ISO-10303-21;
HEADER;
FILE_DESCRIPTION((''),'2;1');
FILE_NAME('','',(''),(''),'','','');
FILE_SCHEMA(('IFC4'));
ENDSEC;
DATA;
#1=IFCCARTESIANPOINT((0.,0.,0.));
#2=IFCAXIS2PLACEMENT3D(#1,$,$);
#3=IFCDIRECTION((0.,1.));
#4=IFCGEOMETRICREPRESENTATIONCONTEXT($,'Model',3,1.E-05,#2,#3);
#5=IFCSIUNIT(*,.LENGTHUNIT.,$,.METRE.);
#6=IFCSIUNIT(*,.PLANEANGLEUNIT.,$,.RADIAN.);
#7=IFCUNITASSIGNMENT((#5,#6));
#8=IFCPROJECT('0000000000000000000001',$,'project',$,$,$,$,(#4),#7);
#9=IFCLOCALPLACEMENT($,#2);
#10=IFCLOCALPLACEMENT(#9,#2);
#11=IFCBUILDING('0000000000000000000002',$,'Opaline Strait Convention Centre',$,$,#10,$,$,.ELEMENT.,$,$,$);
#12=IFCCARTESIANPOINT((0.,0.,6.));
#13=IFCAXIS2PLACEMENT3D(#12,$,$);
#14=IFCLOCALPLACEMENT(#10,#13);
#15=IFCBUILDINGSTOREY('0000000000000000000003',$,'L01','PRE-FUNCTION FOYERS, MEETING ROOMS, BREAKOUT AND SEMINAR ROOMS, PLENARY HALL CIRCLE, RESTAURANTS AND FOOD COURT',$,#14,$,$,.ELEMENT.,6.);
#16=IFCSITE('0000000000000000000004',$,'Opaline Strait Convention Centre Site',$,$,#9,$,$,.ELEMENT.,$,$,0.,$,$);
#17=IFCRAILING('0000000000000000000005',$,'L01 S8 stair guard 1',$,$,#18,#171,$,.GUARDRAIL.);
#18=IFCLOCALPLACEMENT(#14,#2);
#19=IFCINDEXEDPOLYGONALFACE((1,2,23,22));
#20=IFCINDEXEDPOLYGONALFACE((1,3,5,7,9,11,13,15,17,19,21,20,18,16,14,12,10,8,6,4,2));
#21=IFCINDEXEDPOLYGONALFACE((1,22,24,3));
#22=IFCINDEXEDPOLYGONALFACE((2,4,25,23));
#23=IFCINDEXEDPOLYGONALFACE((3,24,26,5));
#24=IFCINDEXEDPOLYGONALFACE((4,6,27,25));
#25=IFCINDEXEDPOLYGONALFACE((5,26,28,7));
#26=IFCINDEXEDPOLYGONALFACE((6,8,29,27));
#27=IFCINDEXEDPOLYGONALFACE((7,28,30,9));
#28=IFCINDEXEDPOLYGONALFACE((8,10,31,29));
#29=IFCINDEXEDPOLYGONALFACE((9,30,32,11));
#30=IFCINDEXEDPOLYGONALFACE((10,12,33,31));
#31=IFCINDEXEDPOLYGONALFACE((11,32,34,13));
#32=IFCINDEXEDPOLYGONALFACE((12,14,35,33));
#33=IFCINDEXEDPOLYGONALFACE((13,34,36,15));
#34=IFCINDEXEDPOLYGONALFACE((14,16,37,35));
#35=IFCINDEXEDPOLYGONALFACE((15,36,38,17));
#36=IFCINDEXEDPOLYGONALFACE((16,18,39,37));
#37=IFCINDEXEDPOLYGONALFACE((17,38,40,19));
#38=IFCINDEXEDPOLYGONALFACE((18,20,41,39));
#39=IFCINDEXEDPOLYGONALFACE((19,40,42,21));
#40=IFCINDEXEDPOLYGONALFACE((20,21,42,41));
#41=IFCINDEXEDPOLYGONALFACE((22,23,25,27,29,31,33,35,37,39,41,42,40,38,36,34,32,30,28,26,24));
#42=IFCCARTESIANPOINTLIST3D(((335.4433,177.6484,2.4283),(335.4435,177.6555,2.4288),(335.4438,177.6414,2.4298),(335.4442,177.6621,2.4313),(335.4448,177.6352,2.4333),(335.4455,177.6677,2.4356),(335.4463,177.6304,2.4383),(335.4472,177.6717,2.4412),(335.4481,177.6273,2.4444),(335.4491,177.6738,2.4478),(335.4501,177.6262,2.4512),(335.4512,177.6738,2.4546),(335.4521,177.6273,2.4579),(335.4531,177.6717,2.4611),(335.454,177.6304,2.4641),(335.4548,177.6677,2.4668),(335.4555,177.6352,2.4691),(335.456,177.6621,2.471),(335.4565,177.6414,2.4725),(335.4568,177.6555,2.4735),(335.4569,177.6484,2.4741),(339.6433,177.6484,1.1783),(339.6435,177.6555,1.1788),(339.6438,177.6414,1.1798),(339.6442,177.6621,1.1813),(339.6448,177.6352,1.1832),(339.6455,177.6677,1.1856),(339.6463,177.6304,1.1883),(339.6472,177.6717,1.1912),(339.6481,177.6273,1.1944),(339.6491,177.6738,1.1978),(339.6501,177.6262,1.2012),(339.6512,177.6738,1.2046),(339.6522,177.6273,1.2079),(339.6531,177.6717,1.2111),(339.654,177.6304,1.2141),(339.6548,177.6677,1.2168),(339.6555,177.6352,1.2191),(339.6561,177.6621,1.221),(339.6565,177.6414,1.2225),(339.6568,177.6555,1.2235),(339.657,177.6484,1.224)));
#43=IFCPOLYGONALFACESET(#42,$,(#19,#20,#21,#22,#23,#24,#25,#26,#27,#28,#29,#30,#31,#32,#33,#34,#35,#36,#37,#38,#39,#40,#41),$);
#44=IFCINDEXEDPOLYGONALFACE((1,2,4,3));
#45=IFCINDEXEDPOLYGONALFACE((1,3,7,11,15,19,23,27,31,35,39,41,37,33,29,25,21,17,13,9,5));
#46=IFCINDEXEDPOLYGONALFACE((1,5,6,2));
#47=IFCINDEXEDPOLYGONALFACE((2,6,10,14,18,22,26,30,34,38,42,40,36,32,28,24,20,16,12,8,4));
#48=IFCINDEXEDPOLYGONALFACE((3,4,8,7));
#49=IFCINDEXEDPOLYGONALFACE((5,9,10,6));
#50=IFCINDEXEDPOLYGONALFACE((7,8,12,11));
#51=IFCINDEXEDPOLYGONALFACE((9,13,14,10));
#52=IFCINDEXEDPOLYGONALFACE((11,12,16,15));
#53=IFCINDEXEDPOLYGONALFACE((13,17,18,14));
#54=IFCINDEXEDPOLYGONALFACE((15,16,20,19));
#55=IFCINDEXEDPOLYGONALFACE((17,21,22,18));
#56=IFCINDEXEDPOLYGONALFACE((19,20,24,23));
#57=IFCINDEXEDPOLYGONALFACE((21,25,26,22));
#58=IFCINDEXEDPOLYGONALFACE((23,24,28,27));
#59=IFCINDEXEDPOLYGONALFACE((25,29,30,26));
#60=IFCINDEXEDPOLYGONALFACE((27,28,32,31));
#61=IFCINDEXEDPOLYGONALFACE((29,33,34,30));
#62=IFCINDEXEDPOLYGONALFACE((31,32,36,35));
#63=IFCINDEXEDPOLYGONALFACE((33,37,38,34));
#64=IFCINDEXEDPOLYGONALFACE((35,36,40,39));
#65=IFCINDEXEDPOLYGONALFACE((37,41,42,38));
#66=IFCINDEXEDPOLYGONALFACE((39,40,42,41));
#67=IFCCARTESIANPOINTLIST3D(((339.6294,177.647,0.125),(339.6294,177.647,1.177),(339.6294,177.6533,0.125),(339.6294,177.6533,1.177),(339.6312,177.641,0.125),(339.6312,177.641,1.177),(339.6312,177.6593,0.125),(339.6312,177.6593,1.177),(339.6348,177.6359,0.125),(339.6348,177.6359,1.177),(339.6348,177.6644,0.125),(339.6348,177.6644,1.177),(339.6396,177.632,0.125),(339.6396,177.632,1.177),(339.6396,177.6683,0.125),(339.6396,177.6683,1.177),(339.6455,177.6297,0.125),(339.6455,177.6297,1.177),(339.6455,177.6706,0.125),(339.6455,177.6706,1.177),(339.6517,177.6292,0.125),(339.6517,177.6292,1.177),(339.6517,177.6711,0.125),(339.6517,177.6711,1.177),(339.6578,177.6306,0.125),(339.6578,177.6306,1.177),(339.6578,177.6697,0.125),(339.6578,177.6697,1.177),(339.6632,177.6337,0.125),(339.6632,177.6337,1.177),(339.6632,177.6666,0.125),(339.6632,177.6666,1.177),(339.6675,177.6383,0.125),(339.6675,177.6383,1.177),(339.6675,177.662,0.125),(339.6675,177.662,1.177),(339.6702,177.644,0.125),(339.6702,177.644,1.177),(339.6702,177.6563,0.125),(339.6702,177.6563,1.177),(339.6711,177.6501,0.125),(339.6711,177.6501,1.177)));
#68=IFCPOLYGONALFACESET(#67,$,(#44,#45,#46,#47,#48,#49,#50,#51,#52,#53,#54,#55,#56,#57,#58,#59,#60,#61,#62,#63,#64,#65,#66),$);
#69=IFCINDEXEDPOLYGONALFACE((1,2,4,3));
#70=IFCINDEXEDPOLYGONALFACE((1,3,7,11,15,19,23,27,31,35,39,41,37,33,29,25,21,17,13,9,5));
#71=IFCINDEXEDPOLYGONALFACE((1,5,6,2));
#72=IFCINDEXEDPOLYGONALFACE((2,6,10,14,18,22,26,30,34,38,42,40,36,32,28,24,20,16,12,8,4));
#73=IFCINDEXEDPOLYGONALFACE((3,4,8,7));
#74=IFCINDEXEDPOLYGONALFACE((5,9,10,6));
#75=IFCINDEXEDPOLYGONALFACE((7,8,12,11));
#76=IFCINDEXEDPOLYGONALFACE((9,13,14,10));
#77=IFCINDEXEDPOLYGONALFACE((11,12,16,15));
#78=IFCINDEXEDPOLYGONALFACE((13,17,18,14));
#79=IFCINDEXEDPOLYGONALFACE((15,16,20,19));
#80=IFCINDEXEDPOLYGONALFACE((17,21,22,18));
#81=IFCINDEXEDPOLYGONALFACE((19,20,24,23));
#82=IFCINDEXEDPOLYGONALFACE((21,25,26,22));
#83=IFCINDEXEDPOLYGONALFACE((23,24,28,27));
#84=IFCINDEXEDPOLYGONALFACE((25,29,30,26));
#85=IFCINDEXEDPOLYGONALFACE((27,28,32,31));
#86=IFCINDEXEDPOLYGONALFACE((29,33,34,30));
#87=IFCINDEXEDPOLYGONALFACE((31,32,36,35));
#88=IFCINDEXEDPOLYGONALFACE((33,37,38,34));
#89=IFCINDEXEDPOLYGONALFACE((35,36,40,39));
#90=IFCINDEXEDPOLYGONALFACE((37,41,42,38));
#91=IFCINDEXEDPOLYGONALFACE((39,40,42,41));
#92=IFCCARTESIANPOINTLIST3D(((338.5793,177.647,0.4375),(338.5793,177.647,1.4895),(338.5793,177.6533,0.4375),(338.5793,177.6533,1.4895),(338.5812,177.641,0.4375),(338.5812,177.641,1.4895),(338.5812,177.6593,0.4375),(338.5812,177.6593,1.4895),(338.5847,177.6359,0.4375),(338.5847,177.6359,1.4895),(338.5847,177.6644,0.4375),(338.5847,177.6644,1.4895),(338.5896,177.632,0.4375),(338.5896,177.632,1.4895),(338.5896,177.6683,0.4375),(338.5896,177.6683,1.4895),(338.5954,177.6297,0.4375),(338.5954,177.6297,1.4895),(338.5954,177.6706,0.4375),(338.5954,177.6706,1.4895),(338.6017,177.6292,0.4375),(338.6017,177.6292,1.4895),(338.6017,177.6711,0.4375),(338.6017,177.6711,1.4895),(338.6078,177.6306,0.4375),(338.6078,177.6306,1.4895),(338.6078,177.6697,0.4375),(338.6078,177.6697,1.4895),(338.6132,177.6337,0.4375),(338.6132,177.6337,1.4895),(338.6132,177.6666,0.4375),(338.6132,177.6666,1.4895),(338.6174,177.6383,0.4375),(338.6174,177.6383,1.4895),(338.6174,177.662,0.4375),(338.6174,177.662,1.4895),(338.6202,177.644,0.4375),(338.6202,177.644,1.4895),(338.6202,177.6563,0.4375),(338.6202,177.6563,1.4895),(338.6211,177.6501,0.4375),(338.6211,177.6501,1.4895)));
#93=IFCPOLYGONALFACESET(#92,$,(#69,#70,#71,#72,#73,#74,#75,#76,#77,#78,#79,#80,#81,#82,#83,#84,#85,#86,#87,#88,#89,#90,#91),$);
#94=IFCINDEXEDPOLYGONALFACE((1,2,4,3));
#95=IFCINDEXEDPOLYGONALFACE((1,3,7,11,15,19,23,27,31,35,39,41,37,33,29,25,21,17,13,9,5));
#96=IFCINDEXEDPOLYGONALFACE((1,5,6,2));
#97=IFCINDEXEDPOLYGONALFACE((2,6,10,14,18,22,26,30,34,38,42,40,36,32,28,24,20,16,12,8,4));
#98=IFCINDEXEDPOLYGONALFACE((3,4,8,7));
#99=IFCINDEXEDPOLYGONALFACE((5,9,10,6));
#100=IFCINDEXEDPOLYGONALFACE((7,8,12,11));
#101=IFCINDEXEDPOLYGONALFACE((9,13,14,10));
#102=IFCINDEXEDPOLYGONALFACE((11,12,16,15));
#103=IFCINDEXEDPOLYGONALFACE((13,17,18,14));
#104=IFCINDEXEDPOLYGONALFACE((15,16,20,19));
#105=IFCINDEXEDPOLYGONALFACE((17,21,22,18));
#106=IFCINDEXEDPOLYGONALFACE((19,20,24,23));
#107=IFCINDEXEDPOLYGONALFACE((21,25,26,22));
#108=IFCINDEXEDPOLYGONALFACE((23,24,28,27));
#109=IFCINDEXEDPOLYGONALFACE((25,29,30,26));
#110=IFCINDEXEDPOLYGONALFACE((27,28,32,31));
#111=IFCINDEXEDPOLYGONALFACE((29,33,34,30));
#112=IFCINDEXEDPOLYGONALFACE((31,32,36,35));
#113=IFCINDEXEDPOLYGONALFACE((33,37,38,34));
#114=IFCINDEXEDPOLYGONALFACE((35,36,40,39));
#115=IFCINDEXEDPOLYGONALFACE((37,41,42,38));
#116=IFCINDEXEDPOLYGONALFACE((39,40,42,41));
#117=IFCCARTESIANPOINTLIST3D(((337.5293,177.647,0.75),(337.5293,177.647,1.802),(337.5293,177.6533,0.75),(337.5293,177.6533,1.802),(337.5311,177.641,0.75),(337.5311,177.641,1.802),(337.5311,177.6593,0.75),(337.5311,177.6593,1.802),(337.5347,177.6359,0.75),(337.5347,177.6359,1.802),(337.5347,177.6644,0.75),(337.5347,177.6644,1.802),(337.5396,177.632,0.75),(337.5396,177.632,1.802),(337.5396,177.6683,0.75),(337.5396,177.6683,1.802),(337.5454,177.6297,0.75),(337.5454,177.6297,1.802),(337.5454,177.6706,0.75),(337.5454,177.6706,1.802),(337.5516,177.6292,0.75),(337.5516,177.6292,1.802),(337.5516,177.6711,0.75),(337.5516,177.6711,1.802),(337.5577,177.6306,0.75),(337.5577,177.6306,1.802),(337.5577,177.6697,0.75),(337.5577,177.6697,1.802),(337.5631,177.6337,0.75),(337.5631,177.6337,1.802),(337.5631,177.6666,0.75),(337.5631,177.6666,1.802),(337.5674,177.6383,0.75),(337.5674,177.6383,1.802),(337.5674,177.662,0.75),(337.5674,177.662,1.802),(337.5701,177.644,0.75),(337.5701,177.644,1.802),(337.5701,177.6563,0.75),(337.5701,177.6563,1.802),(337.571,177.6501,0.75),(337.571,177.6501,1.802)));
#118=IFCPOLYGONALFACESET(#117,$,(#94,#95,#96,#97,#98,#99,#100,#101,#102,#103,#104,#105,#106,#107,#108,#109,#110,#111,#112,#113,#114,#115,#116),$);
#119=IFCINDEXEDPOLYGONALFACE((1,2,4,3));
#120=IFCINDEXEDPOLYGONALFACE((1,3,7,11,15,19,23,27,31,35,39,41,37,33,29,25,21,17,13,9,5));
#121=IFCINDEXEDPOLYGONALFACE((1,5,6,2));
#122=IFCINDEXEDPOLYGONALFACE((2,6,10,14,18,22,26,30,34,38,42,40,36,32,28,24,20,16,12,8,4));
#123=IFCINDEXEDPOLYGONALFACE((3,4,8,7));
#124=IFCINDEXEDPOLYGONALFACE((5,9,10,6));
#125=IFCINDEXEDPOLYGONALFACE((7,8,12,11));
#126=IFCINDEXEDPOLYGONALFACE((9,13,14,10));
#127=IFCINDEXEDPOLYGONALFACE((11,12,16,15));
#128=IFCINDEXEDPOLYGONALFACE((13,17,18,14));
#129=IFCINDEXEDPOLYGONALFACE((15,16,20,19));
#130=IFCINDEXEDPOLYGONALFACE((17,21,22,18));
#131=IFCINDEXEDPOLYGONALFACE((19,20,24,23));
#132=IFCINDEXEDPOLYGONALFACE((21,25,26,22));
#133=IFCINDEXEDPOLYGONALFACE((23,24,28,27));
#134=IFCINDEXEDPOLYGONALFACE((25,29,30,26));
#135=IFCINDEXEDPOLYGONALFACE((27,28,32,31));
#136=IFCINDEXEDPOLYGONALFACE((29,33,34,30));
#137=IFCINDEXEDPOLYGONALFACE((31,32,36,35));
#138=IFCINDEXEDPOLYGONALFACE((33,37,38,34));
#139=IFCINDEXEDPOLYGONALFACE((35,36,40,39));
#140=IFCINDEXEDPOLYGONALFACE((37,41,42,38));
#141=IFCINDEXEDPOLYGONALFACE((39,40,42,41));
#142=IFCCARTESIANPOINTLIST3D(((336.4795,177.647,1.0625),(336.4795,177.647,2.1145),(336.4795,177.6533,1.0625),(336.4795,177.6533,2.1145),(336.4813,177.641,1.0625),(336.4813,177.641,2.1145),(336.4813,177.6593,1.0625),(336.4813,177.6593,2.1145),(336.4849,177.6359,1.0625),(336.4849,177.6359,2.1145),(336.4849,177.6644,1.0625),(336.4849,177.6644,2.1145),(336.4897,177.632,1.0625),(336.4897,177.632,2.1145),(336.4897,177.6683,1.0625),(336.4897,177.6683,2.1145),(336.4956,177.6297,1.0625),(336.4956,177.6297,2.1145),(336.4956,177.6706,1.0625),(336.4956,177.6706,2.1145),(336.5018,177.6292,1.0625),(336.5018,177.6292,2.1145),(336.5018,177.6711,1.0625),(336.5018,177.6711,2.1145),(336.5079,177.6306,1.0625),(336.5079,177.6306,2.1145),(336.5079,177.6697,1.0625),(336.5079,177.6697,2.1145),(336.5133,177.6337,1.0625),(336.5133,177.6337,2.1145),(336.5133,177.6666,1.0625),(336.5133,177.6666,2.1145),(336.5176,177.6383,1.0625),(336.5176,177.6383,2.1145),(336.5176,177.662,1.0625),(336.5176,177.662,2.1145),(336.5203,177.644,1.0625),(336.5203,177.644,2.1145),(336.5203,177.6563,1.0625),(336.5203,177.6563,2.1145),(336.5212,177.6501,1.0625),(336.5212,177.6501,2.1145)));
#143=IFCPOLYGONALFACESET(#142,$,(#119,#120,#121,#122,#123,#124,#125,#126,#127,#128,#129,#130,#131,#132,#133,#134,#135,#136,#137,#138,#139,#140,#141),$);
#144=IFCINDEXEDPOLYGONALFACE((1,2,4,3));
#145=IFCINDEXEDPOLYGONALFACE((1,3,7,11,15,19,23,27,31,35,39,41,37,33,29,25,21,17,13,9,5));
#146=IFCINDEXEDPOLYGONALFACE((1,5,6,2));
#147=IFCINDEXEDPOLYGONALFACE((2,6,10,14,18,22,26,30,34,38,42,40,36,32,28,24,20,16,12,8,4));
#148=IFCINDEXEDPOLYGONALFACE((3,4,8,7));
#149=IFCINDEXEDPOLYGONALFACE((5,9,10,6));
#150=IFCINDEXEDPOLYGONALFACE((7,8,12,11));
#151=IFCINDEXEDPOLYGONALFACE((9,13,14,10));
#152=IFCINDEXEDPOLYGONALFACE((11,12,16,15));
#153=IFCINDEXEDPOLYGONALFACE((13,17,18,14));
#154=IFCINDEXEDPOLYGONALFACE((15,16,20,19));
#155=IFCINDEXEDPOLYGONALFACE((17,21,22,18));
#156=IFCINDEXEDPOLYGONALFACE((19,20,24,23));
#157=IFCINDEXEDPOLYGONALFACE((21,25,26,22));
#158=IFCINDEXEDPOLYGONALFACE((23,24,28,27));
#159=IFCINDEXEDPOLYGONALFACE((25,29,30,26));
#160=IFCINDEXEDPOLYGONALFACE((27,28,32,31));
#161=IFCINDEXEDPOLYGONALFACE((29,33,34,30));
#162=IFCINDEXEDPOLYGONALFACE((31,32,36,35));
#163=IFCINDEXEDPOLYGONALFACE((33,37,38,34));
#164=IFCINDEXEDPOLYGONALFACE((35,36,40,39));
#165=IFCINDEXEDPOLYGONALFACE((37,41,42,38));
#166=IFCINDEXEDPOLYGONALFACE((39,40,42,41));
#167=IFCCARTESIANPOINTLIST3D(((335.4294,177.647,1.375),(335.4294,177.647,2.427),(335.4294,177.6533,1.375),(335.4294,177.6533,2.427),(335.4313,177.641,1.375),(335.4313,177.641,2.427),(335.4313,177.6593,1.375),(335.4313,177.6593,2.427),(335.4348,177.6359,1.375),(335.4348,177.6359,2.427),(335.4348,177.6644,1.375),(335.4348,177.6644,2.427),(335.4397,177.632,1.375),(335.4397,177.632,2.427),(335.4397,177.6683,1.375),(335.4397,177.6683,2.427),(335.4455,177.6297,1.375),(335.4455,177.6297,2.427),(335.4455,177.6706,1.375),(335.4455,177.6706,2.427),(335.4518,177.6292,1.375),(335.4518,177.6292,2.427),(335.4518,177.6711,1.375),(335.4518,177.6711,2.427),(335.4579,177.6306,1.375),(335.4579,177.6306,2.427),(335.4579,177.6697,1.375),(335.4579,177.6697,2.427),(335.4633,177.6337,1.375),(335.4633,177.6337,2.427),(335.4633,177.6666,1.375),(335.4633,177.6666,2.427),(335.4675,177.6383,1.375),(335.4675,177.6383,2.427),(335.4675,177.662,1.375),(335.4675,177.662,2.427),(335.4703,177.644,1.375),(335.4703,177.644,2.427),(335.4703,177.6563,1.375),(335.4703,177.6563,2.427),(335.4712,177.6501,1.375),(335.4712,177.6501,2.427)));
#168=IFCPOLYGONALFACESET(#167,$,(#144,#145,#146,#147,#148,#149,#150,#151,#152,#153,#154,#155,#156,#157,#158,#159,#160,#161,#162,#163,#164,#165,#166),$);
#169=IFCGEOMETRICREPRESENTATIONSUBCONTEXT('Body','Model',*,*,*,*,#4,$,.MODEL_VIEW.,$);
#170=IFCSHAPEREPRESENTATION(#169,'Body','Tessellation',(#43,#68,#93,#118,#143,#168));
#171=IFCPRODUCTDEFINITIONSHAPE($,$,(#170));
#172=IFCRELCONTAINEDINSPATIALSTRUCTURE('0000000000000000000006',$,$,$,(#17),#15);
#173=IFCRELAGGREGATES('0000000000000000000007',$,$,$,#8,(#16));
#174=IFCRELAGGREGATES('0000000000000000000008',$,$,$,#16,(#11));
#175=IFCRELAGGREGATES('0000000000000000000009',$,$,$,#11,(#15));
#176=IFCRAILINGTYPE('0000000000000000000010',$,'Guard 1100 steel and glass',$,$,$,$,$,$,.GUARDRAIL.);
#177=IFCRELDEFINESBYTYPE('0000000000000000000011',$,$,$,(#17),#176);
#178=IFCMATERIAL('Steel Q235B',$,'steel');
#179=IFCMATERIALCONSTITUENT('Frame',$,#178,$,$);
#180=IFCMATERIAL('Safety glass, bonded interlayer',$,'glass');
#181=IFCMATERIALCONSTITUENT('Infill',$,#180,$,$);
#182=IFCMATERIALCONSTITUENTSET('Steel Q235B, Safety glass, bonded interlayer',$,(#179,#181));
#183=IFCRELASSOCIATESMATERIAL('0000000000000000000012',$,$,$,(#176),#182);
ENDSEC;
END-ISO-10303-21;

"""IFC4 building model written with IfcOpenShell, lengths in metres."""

from ifc_helpers import new_model, si_unit, direction, frame, origin, origin_2d, place, context, subcontext, project, spatial, circle, extrude, material, constituent, constituent_set, type_object, element, save


model = new_model("IFC4")

# Units and contexts
model_context = context("Model", 3, precision=1e-05, world=origin(), true_north=direction((0.0, 1.0)))
body_context = subcontext(model_context, "Body", "Model", "MODEL_VIEW")
ifc_project = project(units=[si_unit("LENGTHUNIT", "METRE"), si_unit("PLANEANGLEUNIT", "RADIAN")], contexts=[model_context])

# Site, building, storey
site_placement = place(None, origin())
site = spatial("IfcSite", under=ifc_project, at=site_placement, Name="Opaline Strait Convention Centre Site", CompositionType="ELEMENT", RefElevation=0.0)
building_placement = place(site_placement, origin())
building = spatial("IfcBuilding", under=site, at=building_placement, Name="Opaline Strait Convention Centre", CompositionType="ELEMENT")
storey_placement = place(building_placement, frame((0.0, 0.0, 6.0)))
storey = spatial("IfcBuildingStorey", under=building, at=storey_placement, Name="L01", Description="PRE-FUNCTION FOYERS, MEETING ROOMS, BREAKOUT AND SEMINAR ROOMS, PLENARY HALL CIRCLE, RESTAURANTS AND FOOD COURT", CompositionType="ELEMENT", Elevation=6.0)

# Railing
ifc_material_1 = material(Name="Steel Q235B", Category="steel")
ifc_constituent_1 = constituent(ifc_material_1, Name="Frame")
ifc_material_2 = material(Name="Safety glass, bonded interlayer", Category="glass")
ifc_constituent_2 = constituent(ifc_material_2, Name="Infill")
ifc_constituent_set = constituent_set(constituents=[ifc_constituent_1, ifc_constituent_2], Name="Steel Q235B, Safety glass, bonded interlayer")
railing_type_1 = type_object("IfcRailingType", Name="Guard 1100 steel and glass", PredefinedType="GUARDRAIL", material=ifc_constituent_set)
railing_1_placement = place(storey_placement, frame((339.6501, 177.6501, 0.125)))
element("IfcRailing", 1, at=railing_1_placement, inside=storey, type_object=railing_type_1, Name="L01 S8 stair guard 1", PredefinedType="GUARDRAIL", context=body_context, shape_type="SweptSolid", body=[
    extrude(circle(Radius=0.0239, at=origin_2d()), frame((0.0, 0.0, 1.0762), z_axis=(-0.958451, 0.0, 0.285257), x_axis=(0.0, -1.0, 0.0)), (0.0, 0.0, 1.0), 4.3821),
    extrude(circle(Radius=0.021, at=origin_2d()), origin(), (0.0, 0.0, 1.0), 1.052),
    extrude(circle(Radius=0.021, at=origin_2d()), frame((-1.05, 0.0, 0.3125)), (0.0, 0.0, 1.0), 1.052),
    extrude(circle(Radius=0.021, at=origin_2d()), frame((-2.1001, 0.0, 0.625)), (0.0, 0.0, 1.0), 1.052),
    extrude(circle(Radius=0.021, at=origin_2d()), frame((-3.1499, 0.0, 0.9375)), (0.0, 0.0, 1.0), 1.052),
    extrude(circle(Radius=0.021, at=origin_2d()), frame((-4.2, 0.0, 1.25)), (0.0, 0.0, 1.0), 1.052),
])

save(model, "model.ifc")
